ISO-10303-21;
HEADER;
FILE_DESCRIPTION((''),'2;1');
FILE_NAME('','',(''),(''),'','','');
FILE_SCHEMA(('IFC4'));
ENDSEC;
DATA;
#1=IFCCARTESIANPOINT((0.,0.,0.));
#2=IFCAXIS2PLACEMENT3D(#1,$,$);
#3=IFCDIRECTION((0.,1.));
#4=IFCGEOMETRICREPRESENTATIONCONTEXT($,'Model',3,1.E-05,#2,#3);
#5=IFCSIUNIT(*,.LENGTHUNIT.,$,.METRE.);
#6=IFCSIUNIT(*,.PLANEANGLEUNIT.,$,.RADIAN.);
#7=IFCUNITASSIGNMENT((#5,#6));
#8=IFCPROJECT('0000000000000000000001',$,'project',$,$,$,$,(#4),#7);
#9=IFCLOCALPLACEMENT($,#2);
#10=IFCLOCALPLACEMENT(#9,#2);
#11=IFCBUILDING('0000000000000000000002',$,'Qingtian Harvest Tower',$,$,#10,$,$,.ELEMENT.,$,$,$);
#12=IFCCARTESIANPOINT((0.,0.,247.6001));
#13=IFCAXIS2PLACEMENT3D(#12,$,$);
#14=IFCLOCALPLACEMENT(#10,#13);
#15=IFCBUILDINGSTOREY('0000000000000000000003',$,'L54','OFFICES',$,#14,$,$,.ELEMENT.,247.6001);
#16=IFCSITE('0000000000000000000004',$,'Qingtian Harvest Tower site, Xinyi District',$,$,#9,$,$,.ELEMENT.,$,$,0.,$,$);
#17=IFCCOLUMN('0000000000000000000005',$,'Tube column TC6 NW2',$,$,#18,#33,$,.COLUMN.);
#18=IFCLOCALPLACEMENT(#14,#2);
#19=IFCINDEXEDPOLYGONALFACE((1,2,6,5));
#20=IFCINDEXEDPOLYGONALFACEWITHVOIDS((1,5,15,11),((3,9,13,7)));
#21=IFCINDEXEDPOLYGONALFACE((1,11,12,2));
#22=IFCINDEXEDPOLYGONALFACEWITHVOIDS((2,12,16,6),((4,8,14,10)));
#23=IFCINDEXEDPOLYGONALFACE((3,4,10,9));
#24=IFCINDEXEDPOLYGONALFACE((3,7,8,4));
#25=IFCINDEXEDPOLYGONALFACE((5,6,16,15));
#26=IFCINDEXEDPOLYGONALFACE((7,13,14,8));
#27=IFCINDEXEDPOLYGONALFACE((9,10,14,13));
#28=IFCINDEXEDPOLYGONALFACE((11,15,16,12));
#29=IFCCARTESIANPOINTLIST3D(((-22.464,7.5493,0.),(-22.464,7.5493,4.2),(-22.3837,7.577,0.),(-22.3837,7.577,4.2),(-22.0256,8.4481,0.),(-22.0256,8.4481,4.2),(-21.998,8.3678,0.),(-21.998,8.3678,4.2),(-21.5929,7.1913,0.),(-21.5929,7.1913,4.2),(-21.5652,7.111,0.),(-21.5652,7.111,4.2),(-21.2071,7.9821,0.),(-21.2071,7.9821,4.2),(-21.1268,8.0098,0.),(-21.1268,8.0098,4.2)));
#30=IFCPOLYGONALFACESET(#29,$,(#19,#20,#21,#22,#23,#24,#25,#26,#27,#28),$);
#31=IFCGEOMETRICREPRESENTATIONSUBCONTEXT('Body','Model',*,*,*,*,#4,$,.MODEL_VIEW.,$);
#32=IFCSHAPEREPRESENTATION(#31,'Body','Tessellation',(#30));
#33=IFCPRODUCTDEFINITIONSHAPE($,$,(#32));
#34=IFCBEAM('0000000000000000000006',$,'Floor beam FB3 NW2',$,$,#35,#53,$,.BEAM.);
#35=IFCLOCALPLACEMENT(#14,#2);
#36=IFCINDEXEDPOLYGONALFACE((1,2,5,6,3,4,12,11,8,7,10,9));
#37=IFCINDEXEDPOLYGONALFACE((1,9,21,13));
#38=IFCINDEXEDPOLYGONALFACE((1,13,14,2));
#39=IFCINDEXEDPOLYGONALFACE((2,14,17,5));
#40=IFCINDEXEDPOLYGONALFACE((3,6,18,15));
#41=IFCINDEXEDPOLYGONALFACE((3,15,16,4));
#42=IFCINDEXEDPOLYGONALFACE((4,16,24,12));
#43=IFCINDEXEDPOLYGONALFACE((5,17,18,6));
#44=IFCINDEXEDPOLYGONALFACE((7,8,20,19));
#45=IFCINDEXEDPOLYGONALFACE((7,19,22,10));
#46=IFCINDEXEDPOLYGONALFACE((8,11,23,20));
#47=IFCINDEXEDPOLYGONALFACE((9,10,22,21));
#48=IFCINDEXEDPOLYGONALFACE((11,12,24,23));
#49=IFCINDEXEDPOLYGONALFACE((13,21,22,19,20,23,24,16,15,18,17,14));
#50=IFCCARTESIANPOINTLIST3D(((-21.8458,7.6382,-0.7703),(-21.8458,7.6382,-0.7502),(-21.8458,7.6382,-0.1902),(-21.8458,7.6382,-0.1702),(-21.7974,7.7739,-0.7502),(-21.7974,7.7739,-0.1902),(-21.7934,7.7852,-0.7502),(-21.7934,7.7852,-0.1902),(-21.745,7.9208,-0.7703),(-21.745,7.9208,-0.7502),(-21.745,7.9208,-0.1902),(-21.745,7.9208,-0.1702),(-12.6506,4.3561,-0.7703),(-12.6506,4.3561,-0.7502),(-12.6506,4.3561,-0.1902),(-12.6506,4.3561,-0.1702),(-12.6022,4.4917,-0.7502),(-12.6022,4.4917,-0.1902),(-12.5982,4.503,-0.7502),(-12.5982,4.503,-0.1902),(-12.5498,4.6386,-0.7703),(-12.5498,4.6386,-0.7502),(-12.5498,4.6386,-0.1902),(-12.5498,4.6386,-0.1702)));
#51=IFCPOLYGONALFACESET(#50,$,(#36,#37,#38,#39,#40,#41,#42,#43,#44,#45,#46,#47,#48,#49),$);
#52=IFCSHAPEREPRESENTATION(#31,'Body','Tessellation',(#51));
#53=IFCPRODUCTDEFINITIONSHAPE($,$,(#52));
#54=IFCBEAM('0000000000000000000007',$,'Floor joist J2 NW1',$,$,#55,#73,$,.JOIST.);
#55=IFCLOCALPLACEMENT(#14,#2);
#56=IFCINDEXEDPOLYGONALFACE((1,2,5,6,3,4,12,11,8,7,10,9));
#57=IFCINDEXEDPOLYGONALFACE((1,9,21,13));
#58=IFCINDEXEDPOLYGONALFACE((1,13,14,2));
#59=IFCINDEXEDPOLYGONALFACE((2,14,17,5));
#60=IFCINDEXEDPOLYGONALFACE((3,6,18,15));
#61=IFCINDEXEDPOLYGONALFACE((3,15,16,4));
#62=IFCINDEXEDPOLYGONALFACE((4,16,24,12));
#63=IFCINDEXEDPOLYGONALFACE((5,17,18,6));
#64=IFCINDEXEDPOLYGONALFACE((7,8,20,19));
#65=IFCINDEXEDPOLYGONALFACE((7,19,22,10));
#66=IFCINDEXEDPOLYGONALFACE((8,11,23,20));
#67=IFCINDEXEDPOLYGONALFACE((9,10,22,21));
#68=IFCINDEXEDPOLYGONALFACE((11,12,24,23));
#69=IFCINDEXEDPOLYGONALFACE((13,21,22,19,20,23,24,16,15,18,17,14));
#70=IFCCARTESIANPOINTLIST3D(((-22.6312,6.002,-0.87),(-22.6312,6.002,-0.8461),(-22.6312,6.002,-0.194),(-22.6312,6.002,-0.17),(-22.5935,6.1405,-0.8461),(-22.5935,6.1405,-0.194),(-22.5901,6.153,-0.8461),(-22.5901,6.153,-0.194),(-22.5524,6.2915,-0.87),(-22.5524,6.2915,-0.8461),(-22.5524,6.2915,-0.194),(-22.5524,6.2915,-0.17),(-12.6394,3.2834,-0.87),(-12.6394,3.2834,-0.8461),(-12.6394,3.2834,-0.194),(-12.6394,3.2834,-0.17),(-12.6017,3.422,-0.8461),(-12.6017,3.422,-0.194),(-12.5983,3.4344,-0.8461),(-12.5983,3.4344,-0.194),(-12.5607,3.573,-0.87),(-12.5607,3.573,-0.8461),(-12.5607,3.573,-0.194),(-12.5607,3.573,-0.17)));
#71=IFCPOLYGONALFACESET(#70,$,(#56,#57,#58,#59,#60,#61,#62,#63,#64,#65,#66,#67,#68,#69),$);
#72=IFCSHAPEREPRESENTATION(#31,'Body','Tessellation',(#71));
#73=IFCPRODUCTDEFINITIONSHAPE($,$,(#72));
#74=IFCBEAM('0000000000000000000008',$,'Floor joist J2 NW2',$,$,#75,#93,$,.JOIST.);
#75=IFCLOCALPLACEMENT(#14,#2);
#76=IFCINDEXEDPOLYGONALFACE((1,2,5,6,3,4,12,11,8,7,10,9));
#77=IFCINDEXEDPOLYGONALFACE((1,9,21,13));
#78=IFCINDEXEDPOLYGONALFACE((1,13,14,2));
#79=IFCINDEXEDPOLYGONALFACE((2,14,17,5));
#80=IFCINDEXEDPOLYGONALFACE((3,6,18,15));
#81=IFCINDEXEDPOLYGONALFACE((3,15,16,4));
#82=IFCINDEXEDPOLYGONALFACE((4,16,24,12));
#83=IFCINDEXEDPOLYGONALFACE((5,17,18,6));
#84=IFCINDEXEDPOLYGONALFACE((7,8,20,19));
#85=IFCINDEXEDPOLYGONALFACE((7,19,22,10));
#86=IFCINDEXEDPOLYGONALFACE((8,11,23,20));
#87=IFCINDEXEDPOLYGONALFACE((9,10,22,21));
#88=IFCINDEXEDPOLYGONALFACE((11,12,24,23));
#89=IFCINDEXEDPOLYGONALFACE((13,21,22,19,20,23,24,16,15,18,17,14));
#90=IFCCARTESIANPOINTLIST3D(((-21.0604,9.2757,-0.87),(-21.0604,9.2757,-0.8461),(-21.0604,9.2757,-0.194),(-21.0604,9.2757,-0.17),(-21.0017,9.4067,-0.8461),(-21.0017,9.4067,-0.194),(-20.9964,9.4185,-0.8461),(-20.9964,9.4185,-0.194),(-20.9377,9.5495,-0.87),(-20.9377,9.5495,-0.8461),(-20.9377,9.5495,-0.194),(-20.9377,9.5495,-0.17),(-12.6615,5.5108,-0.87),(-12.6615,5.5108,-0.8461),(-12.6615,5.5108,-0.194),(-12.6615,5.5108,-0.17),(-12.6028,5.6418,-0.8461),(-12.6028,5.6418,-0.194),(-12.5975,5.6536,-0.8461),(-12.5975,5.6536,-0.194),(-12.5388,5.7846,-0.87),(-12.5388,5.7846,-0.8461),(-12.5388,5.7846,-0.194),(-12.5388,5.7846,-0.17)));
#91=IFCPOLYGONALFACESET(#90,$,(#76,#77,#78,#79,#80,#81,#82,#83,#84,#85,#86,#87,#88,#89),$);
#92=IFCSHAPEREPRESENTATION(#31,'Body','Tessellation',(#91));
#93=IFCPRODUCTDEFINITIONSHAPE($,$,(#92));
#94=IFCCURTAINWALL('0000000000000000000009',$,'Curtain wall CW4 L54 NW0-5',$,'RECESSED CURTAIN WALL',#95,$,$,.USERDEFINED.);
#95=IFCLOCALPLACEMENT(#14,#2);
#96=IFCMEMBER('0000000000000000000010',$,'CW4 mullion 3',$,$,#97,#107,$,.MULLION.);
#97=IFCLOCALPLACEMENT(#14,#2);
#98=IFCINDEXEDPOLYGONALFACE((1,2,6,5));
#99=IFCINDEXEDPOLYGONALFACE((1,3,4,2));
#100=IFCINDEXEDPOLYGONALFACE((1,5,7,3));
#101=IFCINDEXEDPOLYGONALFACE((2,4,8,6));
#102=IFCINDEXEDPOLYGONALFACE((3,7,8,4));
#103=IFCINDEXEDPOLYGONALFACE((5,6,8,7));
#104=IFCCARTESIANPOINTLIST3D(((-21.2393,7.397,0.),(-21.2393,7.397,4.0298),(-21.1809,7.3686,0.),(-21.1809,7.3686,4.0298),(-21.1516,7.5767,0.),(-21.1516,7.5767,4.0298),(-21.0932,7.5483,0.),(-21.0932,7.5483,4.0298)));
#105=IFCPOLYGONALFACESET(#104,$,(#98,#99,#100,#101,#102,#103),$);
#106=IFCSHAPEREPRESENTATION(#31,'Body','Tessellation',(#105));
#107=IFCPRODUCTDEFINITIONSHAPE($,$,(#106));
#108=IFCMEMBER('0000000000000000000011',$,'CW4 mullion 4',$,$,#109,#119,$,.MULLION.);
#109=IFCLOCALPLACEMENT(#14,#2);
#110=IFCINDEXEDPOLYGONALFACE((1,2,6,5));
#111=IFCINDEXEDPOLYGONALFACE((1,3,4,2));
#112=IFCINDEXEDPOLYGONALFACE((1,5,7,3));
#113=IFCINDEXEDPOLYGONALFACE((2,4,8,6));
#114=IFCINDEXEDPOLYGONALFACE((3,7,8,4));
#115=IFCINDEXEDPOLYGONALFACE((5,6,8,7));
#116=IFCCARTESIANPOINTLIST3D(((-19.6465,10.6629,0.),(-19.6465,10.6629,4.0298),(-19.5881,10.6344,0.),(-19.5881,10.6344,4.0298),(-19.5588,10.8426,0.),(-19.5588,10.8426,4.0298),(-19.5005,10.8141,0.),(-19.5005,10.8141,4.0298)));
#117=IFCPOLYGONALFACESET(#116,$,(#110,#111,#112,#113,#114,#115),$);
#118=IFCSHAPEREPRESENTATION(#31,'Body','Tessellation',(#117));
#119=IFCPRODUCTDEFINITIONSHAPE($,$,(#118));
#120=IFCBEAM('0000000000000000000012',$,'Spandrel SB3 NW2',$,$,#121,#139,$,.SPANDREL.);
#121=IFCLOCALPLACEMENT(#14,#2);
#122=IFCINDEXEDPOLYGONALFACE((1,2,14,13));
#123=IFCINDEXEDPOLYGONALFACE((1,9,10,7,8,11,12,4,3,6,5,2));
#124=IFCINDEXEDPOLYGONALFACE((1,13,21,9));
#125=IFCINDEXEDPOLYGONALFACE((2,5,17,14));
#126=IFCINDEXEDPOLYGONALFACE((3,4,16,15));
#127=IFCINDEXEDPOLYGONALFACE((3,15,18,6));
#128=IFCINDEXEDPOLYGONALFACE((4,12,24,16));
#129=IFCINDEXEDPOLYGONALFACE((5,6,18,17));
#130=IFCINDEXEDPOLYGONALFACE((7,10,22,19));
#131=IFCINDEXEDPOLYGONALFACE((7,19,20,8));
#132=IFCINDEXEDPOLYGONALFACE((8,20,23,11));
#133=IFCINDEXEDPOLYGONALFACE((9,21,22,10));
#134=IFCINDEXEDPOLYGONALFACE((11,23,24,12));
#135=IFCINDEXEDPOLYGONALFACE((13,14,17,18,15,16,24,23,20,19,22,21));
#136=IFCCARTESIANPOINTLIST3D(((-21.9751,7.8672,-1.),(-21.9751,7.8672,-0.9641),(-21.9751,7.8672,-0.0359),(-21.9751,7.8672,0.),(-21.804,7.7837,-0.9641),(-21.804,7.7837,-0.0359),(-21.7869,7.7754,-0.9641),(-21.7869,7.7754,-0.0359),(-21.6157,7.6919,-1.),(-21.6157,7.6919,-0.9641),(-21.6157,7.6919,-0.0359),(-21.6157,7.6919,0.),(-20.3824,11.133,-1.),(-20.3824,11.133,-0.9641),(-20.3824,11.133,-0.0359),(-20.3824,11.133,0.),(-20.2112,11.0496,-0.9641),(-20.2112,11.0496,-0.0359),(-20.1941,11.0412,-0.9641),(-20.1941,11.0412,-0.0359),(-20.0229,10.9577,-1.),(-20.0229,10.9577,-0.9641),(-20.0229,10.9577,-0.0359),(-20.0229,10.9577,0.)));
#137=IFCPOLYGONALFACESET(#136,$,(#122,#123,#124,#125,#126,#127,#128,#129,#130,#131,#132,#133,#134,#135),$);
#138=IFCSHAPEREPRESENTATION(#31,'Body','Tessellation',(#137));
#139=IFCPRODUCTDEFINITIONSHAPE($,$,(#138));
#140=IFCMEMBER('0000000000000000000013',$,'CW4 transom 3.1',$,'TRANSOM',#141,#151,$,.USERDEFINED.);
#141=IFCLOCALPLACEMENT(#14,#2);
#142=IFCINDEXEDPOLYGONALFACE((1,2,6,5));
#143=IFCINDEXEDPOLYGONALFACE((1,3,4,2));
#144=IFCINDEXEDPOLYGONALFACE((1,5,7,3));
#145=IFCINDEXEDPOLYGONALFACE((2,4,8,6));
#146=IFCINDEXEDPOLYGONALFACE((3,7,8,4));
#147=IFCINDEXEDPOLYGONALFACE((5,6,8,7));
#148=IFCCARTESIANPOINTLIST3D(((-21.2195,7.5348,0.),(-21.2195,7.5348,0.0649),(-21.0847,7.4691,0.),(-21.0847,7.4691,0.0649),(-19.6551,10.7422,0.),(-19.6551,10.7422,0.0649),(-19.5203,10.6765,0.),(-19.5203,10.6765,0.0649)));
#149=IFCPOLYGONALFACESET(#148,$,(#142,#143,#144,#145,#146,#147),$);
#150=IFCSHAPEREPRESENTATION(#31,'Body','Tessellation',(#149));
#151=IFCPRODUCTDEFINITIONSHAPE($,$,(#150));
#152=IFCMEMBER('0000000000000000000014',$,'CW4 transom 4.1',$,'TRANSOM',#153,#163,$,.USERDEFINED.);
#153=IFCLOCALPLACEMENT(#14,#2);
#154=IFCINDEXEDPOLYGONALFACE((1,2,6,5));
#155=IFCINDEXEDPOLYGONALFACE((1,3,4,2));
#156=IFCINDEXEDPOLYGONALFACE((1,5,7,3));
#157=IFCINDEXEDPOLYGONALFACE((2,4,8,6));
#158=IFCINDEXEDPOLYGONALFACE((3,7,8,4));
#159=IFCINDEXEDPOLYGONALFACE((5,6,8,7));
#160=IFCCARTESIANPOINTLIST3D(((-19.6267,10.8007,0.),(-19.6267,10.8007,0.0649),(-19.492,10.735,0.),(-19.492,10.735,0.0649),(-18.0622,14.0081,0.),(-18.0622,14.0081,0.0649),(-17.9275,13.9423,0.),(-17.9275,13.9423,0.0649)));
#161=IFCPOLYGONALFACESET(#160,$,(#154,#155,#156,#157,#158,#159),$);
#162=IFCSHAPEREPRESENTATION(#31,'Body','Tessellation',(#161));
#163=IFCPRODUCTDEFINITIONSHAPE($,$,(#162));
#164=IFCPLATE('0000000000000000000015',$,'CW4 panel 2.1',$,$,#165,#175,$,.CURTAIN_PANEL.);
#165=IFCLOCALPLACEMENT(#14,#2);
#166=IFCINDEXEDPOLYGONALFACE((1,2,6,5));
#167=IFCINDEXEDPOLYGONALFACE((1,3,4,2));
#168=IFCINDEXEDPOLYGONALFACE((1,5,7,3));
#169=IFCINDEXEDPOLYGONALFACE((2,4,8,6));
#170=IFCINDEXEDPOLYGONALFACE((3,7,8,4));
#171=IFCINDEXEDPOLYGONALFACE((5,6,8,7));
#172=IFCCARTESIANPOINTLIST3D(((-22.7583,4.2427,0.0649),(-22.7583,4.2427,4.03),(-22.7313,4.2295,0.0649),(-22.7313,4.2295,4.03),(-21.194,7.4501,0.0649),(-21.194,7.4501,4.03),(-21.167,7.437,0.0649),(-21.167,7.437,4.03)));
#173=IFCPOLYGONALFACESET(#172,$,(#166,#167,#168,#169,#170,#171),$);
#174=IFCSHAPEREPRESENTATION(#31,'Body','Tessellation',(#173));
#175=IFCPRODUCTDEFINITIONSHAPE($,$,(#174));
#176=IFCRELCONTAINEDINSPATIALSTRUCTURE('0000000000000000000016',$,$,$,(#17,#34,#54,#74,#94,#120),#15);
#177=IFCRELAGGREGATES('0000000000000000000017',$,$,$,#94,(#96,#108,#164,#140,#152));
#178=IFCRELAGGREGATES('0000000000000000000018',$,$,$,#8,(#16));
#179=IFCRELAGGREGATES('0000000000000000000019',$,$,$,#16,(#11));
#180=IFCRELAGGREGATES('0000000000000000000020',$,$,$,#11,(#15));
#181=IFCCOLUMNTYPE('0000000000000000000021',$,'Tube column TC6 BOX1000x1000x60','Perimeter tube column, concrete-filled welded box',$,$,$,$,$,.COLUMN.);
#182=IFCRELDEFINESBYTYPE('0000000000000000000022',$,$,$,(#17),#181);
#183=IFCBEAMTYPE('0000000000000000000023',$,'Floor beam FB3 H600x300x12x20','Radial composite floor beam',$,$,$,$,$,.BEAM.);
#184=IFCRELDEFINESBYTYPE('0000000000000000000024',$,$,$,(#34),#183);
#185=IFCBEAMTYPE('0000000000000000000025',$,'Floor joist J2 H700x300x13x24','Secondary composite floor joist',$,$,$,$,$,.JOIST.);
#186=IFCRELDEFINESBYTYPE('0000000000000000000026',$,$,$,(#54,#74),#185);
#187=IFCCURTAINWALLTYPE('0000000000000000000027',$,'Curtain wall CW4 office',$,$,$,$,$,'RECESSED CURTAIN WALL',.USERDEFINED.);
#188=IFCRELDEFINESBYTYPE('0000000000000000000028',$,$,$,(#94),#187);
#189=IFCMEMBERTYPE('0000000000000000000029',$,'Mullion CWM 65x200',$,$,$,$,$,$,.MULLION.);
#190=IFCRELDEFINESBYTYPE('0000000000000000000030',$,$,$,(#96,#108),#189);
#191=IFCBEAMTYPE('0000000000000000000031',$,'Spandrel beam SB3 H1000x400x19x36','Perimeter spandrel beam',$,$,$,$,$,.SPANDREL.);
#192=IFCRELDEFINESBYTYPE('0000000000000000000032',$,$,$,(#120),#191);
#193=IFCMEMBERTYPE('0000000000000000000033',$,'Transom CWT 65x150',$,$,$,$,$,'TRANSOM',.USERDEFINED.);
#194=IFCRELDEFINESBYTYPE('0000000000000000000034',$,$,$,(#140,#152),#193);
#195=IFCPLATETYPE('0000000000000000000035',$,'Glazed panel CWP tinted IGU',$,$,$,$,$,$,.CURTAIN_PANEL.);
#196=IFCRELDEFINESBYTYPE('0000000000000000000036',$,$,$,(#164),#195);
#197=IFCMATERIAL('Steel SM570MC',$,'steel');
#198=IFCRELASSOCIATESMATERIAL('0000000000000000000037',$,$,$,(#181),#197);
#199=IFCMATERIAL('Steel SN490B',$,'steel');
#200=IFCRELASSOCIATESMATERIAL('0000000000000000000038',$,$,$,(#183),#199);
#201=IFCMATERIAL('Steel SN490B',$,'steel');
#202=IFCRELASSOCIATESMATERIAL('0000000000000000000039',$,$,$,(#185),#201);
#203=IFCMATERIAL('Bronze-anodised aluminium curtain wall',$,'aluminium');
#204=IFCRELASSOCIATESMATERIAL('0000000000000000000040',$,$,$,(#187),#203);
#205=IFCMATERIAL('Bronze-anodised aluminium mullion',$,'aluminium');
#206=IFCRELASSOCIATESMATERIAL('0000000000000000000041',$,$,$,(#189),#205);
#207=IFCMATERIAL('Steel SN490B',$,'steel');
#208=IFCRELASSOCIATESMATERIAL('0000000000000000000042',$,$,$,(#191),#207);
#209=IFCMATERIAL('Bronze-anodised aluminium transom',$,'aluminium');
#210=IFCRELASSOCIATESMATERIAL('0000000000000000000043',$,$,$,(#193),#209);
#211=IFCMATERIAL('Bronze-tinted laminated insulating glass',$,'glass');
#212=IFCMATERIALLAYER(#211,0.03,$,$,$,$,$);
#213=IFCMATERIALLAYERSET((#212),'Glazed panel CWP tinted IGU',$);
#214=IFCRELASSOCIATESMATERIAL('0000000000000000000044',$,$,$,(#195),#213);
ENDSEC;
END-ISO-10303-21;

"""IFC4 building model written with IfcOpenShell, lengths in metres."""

from ifc_helpers import new_model, si_unit, direction, frame, origin, origin_2d, place, context, subcontext, project, spatial, rectangle, hollow_rectangle, i_section, extrude, material, layer, layer_set, material_profile, profile_set, type_object, element, aggregate, save


model = new_model("IFC4")

# Units and contexts
model_context = context("Model", 3, precision=1e-05, world=origin(), true_north=direction((0.0, 1.0)))
body_context = subcontext(model_context, "Body", "Model", "MODEL_VIEW")
ifc_project = project(units=[si_unit("LENGTHUNIT", "METRE"), si_unit("PLANEANGLEUNIT", "RADIAN")], contexts=[model_context])

# Site, building, storey
site_placement = place(None, origin())
site = spatial("IfcSite", under=ifc_project, at=site_placement, Name="Qingtian Harvest Tower site, Xinyi District", CompositionType="ELEMENT", RefElevation=0.0)
building_placement = place(site_placement, origin())
building = spatial("IfcBuilding", under=site, at=building_placement, Name="Qingtian Harvest Tower", CompositionType="ELEMENT")
storey_placement = place(building_placement, frame((0.0, 0.0, 247.6001)))
storey = spatial("IfcBuildingStorey", under=building, at=storey_placement, Name="L54", Description="OFFICES", CompositionType="ELEMENT", Elevation=247.6001)

# Column
ifc_material_1 = material(Name="Steel SM570MC", Category="steel")
ifc_material_profile_1 = material_profile(ifc_material_1, hollow_rectangle(XDim=1.0, YDim=1.0, WallThickness=0.0601, at=origin_2d()), Name="BOX1000x1000x60")
ifc_profile_set_1 = profile_set([ifc_material_profile_1], Name="Steel SM570MC")
column_type = type_object("IfcColumnType", Name="Tube column TC6 BOX1000x1000x60", Description="Perimeter tube column, concrete-filled welded box", PredefinedType="COLUMN", material=ifc_profile_set_1)
column_placement = place(storey_placement, frame((-21.7954, 7.7795, 0.0), z_axis=(0.0, 0.0, 1.0), x_axis=(-0.438371, -0.898794, 0.0)))
element("IfcColumn", 1, at=column_placement, inside=storey, type_object=column_type, Name="Tube column TC6 NW2", PredefinedType="COLUMN", context=body_context, shape_type="SweptSolid", body=[
    extrude(hollow_rectangle(XDim=1.0, YDim=1.0, WallThickness=0.0601, at=origin_2d()), origin(), (0.0, 0.0, 1.0), 4.2),
])

# Beams
ifc_material_2 = material(Name="Steel SN490B", Category="steel")
ifc_material_profile_2 = material_profile(ifc_material_2, i_section(OverallWidth=0.3, OverallDepth=0.6001, WebThickness=0.012, FlangeThickness=0.02, at=origin_2d()), Name="H600x300x12x20")
ifc_profile_set_2 = profile_set([ifc_material_profile_2], Name="Steel SN490B")
beam_type_1 = type_object("IfcBeamType", Name="Floor beam FB3 H600x300x12x20", Description="Radial composite floor beam", PredefinedType="BEAM", material=ifc_profile_set_2)
beam_1_placement = place(storey_placement, frame((-21.7954, 7.7795, -0.4702), z_axis=(0.941801, -0.336172, 0.0), x_axis=(0.336172, 0.941801, 0.0)))
element("IfcBeam", 2, at=beam_1_placement, inside=storey, type_object=beam_type_1, Name="Floor beam FB3 NW2", PredefinedType="BEAM", context=body_context, shape_type="SweptSolid", body=[
    extrude(i_section(OverallWidth=0.3, OverallDepth=0.6001, WebThickness=0.012, FlangeThickness=0.02, at=origin_2d()), origin(), (0.0, 0.0, 1.0), 9.7634),
])
ifc_material_3 = material(Name="Steel SN490B", Category="steel")
ifc_material_profile_3 = material_profile(ifc_material_3, i_section(OverallWidth=0.3, OverallDepth=0.7, WebThickness=0.0129, FlangeThickness=0.0239, at=origin_2d()), Name="H700x300x13x24")
ifc_profile_set_3 = profile_set([ifc_material_profile_3], Name="Steel SN490B")
beam_type_2 = type_object("IfcBeamType", Name="Floor joist J2 H700x300x13x24", Description="Secondary composite floor joist", PredefinedType="JOIST", material=ifc_profile_set_3)
beam_2_placement = place(storey_placement, frame((-22.5918, 6.1467, -0.52), z_axis=(0.964923, -0.262533, 0.0), x_axis=(0.262533, 0.964923, 0.0)))
element("IfcBeam", 3, at=beam_2_placement, inside=storey, type_object=beam_type_2, Name="Floor joist J2 NW1", PredefinedType="JOIST", context=body_context, shape_type="SweptSolid", body=[
    extrude(i_section(OverallWidth=0.3, OverallDepth=0.7, WebThickness=0.0129, FlangeThickness=0.0239, at=origin_2d()), origin(), (0.0, 0.0, 1.0), 10.355),
])
beam_3_placement = place(storey_placement, frame((-20.999, 9.4126, -0.52), z_axis=(0.912515, -0.409043, 0.0), x_axis=(0.409043, 0.912515, 0.0)))
element("IfcBeam", 4, at=beam_3_placement, inside=storey, type_object=beam_type_2, Name="Floor joist J2 NW2", PredefinedType="JOIST", context=body_context, shape_type="SweptSolid", body=[
    extrude(i_section(OverallWidth=0.3, OverallDepth=0.7, WebThickness=0.0129, FlangeThickness=0.0239, at=origin_2d()), origin(), (0.0, 0.0, 1.0), 9.2041),
])

# Curtain wall, members
ifc_material_4 = material(Name="Bronze-anodised aluminium curtain wall", Category="aluminium")
curtain_wall_type = type_object("IfcCurtainWallType", Name="Curtain wall CW4 office", ElementType="RECESSED CURTAIN WALL", PredefinedType="USERDEFINED", material=ifc_material_4)
curtain_wall_placement = place(storey_placement, origin())
curtain_wall = element("IfcCurtainWall", 5, at=curtain_wall_placement, inside=storey, type_object=curtain_wall_type, Name="Curtain wall CW4 L54 NW0-5", ObjectType="RECESSED CURTAIN WALL", PredefinedType="USERDEFINED")
ifc_material_5 = material(Name="Bronze-anodised aluminium mullion", Category="aluminium")
ifc_material_profile_4 = material_profile(ifc_material_5, rectangle(XDim=0.0649, YDim=0.2, at=origin_2d()), Name="AL 65x200")
ifc_profile_set_4 = profile_set([ifc_material_profile_4], Name="Bronze-anodised aluminium mullion")
member_type_1 = type_object("IfcMemberType", Name="Mullion CWM 65x200", PredefinedType="MULLION", material=ifc_profile_set_4)
member_1_placement = place(storey_placement, frame((-21.1663, 7.4727, 0.0), z_axis=(0.0, 0.0, 1.0), x_axis=(-0.898794, 0.438371, 0.0)))
member_1 = element("IfcMember", 6, at=member_1_placement, type_object=member_type_1, Name="CW4 mullion 3", PredefinedType="MULLION", context=body_context, shape_type="SweptSolid", body=[
    extrude(rectangle(XDim=0.0649, YDim=0.2, at=origin_2d()), origin(), (0.0, 0.0, 1.0), 4.0298),
])
member_2_placement = place(storey_placement, frame((-19.5735, 10.7385, 0.0), z_axis=(0.0, 0.0, 1.0), x_axis=(-0.898794, 0.438371, 0.0)))
member_2 = element("IfcMember", 7, at=member_2_placement, type_object=member_type_1, Name="CW4 mullion 4", PredefinedType="MULLION", context=body_context, shape_type="SweptSolid", body=[
    extrude(rectangle(XDim=0.0649, YDim=0.2, at=origin_2d()), origin(), (0.0, 0.0, 1.0), 4.0298),
])

# Beam
ifc_material_6 = material(Name="Steel SN490B", Category="steel")
ifc_material_profile_5 = material_profile(ifc_material_6, i_section(OverallWidth=0.3999, OverallDepth=1.0, WebThickness=0.019, FlangeThickness=0.0359, at=origin_2d()), Name="H1000x400x19x36")
ifc_profile_set_5 = profile_set([ifc_material_profile_5], Name="Steel SN490B")
beam_type_3 = type_object("IfcBeamType", Name="Spandrel beam SB3 H1000x400x19x36", Description="Perimeter spandrel beam", PredefinedType="SPANDREL", material=ifc_profile_set_5)
beam_4_placement = place(storey_placement, frame((-21.7954, 7.7795, -0.5), z_axis=(0.438349, 0.898805, 0.0), x_axis=(-0.898805, 0.438349, 0.0)))
element("IfcBeam", 8, at=beam_4_placement, inside=storey, type_object=beam_type_3, Name="Spandrel SB3 NW2", PredefinedType="SPANDREL", context=body_context, shape_type="SweptSolid", body=[
    extrude(i_section(OverallWidth=0.3999, OverallDepth=1.0, WebThickness=0.019, FlangeThickness=0.0359, at=origin_2d()), origin(), (0.0, 0.0, 1.0), 3.6335),
])

# Members
ifc_material_7 = material(Name="Bronze-anodised aluminium transom", Category="aluminium")
ifc_material_profile_6 = material_profile(ifc_material_7, rectangle(XDim=0.1499, YDim=0.0649, at=origin_2d()), Name="AL 65x150")
ifc_profile_set_6 = profile_set([ifc_material_profile_6], Name="Bronze-anodised aluminium transom")
member_type_2 = type_object("IfcMemberType", Name="Transom CWT 65x150", ElementType="TRANSOM", PredefinedType="USERDEFINED", material=ifc_profile_set_6)
member_3_placement = place(storey_placement, frame((-21.1521, 7.502, 0.0325), z_axis=(0.438381, 0.898789, 0.0), x_axis=(-0.898789, 0.438381, 0.0)))
member_3 = element("IfcMember", 9, at=member_3_placement, type_object=member_type_2, Name="CW4 transom 3.1", ObjectType="TRANSOM", PredefinedType="USERDEFINED", context=body_context, shape_type="SweptSolid", body=[
    extrude(rectangle(XDim=0.1499, YDim=0.0649, at=origin_2d()), origin(), (0.0, 0.0, 1.0), 3.5686),
])
member_4_placement = place(storey_placement, frame((-19.5593, 10.7678, 0.0325), z_axis=(0.438407, 0.898776, 0.0), x_axis=(-0.898776, 0.438407, 0.0)))
member_4 = element("IfcMember", 10, at=member_4_placement, type_object=member_type_2, Name="CW4 transom 4.1", ObjectType="TRANSOM", PredefinedType="USERDEFINED", context=body_context, shape_type="SweptSolid", body=[
    extrude(rectangle(XDim=0.1499, YDim=0.0649, at=origin_2d()), origin(), (0.0, 0.0, 1.0), 3.5686),
])

# Plate
ifc_material_8 = material(Name="Bronze-tinted laminated insulating glass", Category="glass")
ifc_layer_1 = layer(ifc_material_8, 0.03)
ifc_layer_set_1 = layer_set([ifc_layer_1], Name="Glazed panel CWP tinted IGU")
plate_type = type_object("IfcPlateType", Name="Glazed panel CWP tinted IGU", PredefinedType="CURTAIN_PANEL", material=ifc_layer_set_1)
plate_1_placement = place(storey_placement, frame((-21.9626, 5.8398, 0.0649), z_axis=(0.0, 0.0, 1.0), x_axis=(0.438371, 0.898794, 0.0)))
plate_1 = element("IfcPlate", 11, at=plate_1_placement, type_object=plate_type, Name="CW4 panel 2.1", PredefinedType="CURTAIN_PANEL", context=body_context, shape_type="SweptSolid", body=[
    extrude(rectangle(XDim=3.5686, YDim=0.03, at=origin_2d()), origin(), (0.0, 0.0, 1.0), 3.9651),
])
aggregate(curtain_wall, [member_1, member_2, plate_1, member_3, member_4])

save(model, "model.ifc")
